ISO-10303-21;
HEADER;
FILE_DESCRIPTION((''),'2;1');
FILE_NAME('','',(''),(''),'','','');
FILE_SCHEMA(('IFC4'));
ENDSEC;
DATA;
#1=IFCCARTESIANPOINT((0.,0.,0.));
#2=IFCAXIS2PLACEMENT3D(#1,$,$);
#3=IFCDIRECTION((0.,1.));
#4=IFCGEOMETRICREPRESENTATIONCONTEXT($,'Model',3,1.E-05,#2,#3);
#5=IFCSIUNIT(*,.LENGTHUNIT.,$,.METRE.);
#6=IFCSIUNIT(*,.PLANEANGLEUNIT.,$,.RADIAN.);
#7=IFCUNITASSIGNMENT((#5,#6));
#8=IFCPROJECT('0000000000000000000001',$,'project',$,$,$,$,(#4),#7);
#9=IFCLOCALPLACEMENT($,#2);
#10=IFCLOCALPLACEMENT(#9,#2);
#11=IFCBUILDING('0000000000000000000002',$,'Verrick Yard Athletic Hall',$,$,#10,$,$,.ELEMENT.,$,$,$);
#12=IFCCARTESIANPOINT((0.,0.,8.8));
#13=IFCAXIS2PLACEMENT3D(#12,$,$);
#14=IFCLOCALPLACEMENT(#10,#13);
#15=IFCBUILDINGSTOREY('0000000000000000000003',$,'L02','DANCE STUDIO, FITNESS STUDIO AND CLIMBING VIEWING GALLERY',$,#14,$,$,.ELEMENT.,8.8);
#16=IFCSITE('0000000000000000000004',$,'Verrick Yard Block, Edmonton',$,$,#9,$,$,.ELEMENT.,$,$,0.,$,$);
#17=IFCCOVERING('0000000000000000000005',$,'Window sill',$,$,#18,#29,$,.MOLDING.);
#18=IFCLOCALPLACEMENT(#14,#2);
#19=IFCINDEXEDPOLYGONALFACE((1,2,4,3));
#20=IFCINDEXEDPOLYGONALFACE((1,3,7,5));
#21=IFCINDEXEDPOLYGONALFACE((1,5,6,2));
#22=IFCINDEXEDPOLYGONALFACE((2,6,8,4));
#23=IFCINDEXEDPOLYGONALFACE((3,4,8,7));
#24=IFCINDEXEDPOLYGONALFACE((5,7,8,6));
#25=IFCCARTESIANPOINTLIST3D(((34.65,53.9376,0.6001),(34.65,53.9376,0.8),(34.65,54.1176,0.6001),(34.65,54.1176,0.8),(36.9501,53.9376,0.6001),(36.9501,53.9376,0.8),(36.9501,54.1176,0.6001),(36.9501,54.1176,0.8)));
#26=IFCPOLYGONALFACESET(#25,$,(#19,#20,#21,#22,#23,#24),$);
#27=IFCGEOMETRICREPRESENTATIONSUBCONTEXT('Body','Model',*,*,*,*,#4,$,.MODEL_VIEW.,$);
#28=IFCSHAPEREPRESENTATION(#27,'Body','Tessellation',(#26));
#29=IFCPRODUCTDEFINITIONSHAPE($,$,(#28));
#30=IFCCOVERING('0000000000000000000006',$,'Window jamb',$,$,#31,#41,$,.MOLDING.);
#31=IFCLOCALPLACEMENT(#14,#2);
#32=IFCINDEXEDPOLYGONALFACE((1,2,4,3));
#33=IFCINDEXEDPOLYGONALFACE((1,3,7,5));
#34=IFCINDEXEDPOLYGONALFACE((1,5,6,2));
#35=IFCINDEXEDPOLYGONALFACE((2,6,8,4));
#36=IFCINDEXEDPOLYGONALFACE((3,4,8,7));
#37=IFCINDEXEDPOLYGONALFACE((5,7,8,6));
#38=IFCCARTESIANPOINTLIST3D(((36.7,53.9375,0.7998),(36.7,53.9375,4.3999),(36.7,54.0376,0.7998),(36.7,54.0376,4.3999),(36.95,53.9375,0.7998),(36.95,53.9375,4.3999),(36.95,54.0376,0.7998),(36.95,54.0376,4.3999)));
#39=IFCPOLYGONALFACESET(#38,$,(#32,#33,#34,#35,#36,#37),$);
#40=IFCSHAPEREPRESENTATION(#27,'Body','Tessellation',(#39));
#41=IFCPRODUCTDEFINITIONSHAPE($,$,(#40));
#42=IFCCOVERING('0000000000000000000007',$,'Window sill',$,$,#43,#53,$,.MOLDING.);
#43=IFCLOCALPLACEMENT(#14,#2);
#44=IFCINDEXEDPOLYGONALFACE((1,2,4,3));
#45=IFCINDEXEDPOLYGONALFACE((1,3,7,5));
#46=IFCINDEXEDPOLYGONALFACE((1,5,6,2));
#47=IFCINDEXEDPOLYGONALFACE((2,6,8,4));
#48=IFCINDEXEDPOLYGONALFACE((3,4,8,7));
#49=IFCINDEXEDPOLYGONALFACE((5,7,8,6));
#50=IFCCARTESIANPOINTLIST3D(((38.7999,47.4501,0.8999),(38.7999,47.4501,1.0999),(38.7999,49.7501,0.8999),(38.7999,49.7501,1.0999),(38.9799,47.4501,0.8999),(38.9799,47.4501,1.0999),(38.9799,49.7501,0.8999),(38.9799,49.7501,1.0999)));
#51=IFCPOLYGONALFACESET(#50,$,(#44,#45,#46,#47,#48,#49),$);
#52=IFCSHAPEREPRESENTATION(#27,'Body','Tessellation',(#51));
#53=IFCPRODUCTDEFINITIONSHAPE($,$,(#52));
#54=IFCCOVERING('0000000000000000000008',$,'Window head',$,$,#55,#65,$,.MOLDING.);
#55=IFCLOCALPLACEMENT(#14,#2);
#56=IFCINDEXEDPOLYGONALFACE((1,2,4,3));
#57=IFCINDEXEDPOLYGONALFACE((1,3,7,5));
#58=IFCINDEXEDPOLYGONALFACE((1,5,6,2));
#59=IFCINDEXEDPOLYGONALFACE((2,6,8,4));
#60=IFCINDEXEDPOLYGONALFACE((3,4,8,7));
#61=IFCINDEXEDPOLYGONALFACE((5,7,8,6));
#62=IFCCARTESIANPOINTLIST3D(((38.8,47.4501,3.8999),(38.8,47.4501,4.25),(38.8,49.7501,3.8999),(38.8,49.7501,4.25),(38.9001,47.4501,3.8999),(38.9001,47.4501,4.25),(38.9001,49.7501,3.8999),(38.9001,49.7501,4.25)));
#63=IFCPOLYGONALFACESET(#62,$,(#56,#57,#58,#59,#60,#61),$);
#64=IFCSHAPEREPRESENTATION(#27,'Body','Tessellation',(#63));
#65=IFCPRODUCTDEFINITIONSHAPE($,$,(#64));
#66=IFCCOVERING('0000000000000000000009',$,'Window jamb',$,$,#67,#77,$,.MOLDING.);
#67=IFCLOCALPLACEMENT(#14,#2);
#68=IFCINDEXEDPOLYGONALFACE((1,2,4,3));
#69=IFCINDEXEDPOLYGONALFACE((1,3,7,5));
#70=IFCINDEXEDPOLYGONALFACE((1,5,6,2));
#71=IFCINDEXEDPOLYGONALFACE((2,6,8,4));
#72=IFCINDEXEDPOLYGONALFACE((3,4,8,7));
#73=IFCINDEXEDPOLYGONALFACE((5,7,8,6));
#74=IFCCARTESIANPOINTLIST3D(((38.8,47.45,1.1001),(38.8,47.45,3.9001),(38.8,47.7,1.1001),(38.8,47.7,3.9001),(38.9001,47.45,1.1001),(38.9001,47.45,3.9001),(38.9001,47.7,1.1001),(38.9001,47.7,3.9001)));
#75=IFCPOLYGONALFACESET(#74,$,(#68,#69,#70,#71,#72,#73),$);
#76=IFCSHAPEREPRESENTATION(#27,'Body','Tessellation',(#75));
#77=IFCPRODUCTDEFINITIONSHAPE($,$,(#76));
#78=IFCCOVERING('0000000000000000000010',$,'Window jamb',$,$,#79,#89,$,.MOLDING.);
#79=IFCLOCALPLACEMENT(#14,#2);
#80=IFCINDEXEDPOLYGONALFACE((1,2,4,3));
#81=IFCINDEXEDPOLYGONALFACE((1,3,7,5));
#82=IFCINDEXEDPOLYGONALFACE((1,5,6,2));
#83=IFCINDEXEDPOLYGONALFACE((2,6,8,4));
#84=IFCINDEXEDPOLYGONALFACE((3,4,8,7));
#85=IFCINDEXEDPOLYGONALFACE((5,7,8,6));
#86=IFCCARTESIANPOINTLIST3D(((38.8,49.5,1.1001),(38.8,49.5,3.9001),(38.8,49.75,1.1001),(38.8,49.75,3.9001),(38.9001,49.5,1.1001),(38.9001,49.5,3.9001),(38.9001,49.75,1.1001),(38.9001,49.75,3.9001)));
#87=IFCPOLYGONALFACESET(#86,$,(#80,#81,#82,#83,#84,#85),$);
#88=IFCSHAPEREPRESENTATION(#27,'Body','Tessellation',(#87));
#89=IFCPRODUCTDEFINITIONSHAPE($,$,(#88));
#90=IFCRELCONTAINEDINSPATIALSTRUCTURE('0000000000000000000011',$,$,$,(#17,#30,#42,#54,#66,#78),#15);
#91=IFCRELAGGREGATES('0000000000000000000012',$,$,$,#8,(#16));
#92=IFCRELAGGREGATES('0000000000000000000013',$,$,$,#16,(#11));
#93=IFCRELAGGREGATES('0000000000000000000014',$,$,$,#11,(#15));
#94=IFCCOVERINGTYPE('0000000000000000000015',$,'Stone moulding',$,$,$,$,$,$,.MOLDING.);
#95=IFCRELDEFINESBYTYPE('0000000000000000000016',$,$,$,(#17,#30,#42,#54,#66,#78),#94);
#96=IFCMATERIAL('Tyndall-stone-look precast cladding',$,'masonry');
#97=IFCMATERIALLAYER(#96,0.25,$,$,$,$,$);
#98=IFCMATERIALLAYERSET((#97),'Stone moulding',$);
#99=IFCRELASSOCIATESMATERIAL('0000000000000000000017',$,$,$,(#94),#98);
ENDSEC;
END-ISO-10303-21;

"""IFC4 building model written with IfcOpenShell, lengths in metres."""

from ifc_helpers import new_model, si_unit, direction, frame, origin, origin_2d, place, context, subcontext, project, spatial, rectangle, extrude, material, layer, layer_set, type_object, element, save


model = new_model("IFC4")

# Units and contexts
model_context = context("Model", 3, precision=1e-05, world=origin(), true_north=direction((0.0, 1.0)))
body_context = subcontext(model_context, "Body", "Model", "MODEL_VIEW")
ifc_project = project(units=[si_unit("LENGTHUNIT", "METRE"), si_unit("PLANEANGLEUNIT", "RADIAN")], contexts=[model_context])

# Site, building, storey
site_placement = place(None, origin())
site = spatial("IfcSite", under=ifc_project, at=site_placement, Name="Verrick Yard Block, Edmonton", CompositionType="ELEMENT", RefElevation=0.0)
building_placement = place(site_placement, origin())
building = spatial("IfcBuilding", under=site, at=building_placement, Name="Verrick Yard Athletic Hall", CompositionType="ELEMENT")
storey_placement = place(building_placement, frame((0.0, 0.0, 8.8)))
storey = spatial("IfcBuildingStorey", under=building, at=storey_placement, Name="L02", Description="DANCE STUDIO, FITNESS STUDIO AND CLIMBING VIEWING GALLERY", CompositionType="ELEMENT", Elevation=8.8)

# Coverings
ifc_material_1 = material(Name="Tyndall-stone-look precast cladding", Category="masonry")
ifc_layer_1 = layer(ifc_material_1, 0.25)
ifc_layer_set_1 = layer_set([ifc_layer_1], Name="Stone moulding")
covering_type_1 = type_object("IfcCoveringType", Name="Stone moulding", PredefinedType="MOLDING", material=ifc_layer_set_1)
covering_1_placement = place(storey_placement, frame((35.8, 54.0276, 0.6001), z_axis=(0.0, 0.0, 1.0), x_axis=(1.0, 0.0, 0.0)))
element("IfcCovering", 1, at=covering_1_placement, inside=storey, type_object=covering_type_1, Name="Window sill", PredefinedType="MOLDING", context=body_context, shape_type="SweptSolid", body=[
    extrude(rectangle(XDim=2.3, YDim=0.1799, at=origin_2d()), origin(), (0.0, 0.0, 1.0), 0.2),
])
covering_2_placement = place(storey_placement, frame((36.825, 53.9875, 0.7998), z_axis=(0.0, 0.0, 1.0), x_axis=(1.0, 0.0, 0.0)))
element("IfcCovering", 2, at=covering_2_placement, inside=storey, type_object=covering_type_1, Name="Window jamb", PredefinedType="MOLDING", context=body_context, shape_type="SweptSolid", body=[
    extrude(rectangle(XDim=0.25, YDim=0.1001, at=origin_2d()), origin(), (0.0, 0.0, 1.0), 3.6001),
])
covering_3_placement = place(storey_placement, frame((38.8899, 48.6001, 0.8999), z_axis=(0.0, 0.0, 1.0), x_axis=(0.0, 1.0, 0.0)))
element("IfcCovering", 3, at=covering_3_placement, inside=storey, type_object=covering_type_1, Name="Window sill", PredefinedType="MOLDING", context=body_context, shape_type="SweptSolid", body=[
    extrude(rectangle(XDim=2.3, YDim=0.1799, at=origin_2d()), origin(), (0.0, 0.0, 1.0), 0.2),
])
covering_4_placement = place(storey_placement, frame((38.8501, 48.6001, 3.8999), z_axis=(0.0, 0.0, 1.0), x_axis=(0.0, 1.0, 0.0)))
element("IfcCovering", 4, at=covering_4_placement, inside=storey, type_object=covering_type_1, Name="Window head", PredefinedType="MOLDING", context=body_context, shape_type="SweptSolid", body=[
    extrude(rectangle(XDim=2.3, YDim=0.1001, at=origin_2d()), origin(), (0.0, 0.0, 1.0), 0.3501),
])
for number, where, z_axis, x_axis, name in (
    (5, (38.8501, 47.575, 1.1001), (0.0, 0.0, 1.0), (0.0, 1.0, 0.0), "Window jamb"),
    (6, (38.8501, 49.625, 1.1001), (0.0, 0.0, 1.0), (0.0, 1.0, 0.0), "Window jamb"),
):
    element("IfcCovering", number, at=place(storey_placement, frame(where, z_axis=z_axis, x_axis=x_axis)), inside=storey, type_object=covering_type_1, Name=name, PredefinedType="MOLDING", context=body_context, shape_type="SweptSolid", body=[
        extrude(rectangle(XDim=0.25, YDim=0.1001, at=origin_2d()), origin(), (0.0, 0.0, 1.0), 2.8),
    ])

save(model, "model.ifc")
